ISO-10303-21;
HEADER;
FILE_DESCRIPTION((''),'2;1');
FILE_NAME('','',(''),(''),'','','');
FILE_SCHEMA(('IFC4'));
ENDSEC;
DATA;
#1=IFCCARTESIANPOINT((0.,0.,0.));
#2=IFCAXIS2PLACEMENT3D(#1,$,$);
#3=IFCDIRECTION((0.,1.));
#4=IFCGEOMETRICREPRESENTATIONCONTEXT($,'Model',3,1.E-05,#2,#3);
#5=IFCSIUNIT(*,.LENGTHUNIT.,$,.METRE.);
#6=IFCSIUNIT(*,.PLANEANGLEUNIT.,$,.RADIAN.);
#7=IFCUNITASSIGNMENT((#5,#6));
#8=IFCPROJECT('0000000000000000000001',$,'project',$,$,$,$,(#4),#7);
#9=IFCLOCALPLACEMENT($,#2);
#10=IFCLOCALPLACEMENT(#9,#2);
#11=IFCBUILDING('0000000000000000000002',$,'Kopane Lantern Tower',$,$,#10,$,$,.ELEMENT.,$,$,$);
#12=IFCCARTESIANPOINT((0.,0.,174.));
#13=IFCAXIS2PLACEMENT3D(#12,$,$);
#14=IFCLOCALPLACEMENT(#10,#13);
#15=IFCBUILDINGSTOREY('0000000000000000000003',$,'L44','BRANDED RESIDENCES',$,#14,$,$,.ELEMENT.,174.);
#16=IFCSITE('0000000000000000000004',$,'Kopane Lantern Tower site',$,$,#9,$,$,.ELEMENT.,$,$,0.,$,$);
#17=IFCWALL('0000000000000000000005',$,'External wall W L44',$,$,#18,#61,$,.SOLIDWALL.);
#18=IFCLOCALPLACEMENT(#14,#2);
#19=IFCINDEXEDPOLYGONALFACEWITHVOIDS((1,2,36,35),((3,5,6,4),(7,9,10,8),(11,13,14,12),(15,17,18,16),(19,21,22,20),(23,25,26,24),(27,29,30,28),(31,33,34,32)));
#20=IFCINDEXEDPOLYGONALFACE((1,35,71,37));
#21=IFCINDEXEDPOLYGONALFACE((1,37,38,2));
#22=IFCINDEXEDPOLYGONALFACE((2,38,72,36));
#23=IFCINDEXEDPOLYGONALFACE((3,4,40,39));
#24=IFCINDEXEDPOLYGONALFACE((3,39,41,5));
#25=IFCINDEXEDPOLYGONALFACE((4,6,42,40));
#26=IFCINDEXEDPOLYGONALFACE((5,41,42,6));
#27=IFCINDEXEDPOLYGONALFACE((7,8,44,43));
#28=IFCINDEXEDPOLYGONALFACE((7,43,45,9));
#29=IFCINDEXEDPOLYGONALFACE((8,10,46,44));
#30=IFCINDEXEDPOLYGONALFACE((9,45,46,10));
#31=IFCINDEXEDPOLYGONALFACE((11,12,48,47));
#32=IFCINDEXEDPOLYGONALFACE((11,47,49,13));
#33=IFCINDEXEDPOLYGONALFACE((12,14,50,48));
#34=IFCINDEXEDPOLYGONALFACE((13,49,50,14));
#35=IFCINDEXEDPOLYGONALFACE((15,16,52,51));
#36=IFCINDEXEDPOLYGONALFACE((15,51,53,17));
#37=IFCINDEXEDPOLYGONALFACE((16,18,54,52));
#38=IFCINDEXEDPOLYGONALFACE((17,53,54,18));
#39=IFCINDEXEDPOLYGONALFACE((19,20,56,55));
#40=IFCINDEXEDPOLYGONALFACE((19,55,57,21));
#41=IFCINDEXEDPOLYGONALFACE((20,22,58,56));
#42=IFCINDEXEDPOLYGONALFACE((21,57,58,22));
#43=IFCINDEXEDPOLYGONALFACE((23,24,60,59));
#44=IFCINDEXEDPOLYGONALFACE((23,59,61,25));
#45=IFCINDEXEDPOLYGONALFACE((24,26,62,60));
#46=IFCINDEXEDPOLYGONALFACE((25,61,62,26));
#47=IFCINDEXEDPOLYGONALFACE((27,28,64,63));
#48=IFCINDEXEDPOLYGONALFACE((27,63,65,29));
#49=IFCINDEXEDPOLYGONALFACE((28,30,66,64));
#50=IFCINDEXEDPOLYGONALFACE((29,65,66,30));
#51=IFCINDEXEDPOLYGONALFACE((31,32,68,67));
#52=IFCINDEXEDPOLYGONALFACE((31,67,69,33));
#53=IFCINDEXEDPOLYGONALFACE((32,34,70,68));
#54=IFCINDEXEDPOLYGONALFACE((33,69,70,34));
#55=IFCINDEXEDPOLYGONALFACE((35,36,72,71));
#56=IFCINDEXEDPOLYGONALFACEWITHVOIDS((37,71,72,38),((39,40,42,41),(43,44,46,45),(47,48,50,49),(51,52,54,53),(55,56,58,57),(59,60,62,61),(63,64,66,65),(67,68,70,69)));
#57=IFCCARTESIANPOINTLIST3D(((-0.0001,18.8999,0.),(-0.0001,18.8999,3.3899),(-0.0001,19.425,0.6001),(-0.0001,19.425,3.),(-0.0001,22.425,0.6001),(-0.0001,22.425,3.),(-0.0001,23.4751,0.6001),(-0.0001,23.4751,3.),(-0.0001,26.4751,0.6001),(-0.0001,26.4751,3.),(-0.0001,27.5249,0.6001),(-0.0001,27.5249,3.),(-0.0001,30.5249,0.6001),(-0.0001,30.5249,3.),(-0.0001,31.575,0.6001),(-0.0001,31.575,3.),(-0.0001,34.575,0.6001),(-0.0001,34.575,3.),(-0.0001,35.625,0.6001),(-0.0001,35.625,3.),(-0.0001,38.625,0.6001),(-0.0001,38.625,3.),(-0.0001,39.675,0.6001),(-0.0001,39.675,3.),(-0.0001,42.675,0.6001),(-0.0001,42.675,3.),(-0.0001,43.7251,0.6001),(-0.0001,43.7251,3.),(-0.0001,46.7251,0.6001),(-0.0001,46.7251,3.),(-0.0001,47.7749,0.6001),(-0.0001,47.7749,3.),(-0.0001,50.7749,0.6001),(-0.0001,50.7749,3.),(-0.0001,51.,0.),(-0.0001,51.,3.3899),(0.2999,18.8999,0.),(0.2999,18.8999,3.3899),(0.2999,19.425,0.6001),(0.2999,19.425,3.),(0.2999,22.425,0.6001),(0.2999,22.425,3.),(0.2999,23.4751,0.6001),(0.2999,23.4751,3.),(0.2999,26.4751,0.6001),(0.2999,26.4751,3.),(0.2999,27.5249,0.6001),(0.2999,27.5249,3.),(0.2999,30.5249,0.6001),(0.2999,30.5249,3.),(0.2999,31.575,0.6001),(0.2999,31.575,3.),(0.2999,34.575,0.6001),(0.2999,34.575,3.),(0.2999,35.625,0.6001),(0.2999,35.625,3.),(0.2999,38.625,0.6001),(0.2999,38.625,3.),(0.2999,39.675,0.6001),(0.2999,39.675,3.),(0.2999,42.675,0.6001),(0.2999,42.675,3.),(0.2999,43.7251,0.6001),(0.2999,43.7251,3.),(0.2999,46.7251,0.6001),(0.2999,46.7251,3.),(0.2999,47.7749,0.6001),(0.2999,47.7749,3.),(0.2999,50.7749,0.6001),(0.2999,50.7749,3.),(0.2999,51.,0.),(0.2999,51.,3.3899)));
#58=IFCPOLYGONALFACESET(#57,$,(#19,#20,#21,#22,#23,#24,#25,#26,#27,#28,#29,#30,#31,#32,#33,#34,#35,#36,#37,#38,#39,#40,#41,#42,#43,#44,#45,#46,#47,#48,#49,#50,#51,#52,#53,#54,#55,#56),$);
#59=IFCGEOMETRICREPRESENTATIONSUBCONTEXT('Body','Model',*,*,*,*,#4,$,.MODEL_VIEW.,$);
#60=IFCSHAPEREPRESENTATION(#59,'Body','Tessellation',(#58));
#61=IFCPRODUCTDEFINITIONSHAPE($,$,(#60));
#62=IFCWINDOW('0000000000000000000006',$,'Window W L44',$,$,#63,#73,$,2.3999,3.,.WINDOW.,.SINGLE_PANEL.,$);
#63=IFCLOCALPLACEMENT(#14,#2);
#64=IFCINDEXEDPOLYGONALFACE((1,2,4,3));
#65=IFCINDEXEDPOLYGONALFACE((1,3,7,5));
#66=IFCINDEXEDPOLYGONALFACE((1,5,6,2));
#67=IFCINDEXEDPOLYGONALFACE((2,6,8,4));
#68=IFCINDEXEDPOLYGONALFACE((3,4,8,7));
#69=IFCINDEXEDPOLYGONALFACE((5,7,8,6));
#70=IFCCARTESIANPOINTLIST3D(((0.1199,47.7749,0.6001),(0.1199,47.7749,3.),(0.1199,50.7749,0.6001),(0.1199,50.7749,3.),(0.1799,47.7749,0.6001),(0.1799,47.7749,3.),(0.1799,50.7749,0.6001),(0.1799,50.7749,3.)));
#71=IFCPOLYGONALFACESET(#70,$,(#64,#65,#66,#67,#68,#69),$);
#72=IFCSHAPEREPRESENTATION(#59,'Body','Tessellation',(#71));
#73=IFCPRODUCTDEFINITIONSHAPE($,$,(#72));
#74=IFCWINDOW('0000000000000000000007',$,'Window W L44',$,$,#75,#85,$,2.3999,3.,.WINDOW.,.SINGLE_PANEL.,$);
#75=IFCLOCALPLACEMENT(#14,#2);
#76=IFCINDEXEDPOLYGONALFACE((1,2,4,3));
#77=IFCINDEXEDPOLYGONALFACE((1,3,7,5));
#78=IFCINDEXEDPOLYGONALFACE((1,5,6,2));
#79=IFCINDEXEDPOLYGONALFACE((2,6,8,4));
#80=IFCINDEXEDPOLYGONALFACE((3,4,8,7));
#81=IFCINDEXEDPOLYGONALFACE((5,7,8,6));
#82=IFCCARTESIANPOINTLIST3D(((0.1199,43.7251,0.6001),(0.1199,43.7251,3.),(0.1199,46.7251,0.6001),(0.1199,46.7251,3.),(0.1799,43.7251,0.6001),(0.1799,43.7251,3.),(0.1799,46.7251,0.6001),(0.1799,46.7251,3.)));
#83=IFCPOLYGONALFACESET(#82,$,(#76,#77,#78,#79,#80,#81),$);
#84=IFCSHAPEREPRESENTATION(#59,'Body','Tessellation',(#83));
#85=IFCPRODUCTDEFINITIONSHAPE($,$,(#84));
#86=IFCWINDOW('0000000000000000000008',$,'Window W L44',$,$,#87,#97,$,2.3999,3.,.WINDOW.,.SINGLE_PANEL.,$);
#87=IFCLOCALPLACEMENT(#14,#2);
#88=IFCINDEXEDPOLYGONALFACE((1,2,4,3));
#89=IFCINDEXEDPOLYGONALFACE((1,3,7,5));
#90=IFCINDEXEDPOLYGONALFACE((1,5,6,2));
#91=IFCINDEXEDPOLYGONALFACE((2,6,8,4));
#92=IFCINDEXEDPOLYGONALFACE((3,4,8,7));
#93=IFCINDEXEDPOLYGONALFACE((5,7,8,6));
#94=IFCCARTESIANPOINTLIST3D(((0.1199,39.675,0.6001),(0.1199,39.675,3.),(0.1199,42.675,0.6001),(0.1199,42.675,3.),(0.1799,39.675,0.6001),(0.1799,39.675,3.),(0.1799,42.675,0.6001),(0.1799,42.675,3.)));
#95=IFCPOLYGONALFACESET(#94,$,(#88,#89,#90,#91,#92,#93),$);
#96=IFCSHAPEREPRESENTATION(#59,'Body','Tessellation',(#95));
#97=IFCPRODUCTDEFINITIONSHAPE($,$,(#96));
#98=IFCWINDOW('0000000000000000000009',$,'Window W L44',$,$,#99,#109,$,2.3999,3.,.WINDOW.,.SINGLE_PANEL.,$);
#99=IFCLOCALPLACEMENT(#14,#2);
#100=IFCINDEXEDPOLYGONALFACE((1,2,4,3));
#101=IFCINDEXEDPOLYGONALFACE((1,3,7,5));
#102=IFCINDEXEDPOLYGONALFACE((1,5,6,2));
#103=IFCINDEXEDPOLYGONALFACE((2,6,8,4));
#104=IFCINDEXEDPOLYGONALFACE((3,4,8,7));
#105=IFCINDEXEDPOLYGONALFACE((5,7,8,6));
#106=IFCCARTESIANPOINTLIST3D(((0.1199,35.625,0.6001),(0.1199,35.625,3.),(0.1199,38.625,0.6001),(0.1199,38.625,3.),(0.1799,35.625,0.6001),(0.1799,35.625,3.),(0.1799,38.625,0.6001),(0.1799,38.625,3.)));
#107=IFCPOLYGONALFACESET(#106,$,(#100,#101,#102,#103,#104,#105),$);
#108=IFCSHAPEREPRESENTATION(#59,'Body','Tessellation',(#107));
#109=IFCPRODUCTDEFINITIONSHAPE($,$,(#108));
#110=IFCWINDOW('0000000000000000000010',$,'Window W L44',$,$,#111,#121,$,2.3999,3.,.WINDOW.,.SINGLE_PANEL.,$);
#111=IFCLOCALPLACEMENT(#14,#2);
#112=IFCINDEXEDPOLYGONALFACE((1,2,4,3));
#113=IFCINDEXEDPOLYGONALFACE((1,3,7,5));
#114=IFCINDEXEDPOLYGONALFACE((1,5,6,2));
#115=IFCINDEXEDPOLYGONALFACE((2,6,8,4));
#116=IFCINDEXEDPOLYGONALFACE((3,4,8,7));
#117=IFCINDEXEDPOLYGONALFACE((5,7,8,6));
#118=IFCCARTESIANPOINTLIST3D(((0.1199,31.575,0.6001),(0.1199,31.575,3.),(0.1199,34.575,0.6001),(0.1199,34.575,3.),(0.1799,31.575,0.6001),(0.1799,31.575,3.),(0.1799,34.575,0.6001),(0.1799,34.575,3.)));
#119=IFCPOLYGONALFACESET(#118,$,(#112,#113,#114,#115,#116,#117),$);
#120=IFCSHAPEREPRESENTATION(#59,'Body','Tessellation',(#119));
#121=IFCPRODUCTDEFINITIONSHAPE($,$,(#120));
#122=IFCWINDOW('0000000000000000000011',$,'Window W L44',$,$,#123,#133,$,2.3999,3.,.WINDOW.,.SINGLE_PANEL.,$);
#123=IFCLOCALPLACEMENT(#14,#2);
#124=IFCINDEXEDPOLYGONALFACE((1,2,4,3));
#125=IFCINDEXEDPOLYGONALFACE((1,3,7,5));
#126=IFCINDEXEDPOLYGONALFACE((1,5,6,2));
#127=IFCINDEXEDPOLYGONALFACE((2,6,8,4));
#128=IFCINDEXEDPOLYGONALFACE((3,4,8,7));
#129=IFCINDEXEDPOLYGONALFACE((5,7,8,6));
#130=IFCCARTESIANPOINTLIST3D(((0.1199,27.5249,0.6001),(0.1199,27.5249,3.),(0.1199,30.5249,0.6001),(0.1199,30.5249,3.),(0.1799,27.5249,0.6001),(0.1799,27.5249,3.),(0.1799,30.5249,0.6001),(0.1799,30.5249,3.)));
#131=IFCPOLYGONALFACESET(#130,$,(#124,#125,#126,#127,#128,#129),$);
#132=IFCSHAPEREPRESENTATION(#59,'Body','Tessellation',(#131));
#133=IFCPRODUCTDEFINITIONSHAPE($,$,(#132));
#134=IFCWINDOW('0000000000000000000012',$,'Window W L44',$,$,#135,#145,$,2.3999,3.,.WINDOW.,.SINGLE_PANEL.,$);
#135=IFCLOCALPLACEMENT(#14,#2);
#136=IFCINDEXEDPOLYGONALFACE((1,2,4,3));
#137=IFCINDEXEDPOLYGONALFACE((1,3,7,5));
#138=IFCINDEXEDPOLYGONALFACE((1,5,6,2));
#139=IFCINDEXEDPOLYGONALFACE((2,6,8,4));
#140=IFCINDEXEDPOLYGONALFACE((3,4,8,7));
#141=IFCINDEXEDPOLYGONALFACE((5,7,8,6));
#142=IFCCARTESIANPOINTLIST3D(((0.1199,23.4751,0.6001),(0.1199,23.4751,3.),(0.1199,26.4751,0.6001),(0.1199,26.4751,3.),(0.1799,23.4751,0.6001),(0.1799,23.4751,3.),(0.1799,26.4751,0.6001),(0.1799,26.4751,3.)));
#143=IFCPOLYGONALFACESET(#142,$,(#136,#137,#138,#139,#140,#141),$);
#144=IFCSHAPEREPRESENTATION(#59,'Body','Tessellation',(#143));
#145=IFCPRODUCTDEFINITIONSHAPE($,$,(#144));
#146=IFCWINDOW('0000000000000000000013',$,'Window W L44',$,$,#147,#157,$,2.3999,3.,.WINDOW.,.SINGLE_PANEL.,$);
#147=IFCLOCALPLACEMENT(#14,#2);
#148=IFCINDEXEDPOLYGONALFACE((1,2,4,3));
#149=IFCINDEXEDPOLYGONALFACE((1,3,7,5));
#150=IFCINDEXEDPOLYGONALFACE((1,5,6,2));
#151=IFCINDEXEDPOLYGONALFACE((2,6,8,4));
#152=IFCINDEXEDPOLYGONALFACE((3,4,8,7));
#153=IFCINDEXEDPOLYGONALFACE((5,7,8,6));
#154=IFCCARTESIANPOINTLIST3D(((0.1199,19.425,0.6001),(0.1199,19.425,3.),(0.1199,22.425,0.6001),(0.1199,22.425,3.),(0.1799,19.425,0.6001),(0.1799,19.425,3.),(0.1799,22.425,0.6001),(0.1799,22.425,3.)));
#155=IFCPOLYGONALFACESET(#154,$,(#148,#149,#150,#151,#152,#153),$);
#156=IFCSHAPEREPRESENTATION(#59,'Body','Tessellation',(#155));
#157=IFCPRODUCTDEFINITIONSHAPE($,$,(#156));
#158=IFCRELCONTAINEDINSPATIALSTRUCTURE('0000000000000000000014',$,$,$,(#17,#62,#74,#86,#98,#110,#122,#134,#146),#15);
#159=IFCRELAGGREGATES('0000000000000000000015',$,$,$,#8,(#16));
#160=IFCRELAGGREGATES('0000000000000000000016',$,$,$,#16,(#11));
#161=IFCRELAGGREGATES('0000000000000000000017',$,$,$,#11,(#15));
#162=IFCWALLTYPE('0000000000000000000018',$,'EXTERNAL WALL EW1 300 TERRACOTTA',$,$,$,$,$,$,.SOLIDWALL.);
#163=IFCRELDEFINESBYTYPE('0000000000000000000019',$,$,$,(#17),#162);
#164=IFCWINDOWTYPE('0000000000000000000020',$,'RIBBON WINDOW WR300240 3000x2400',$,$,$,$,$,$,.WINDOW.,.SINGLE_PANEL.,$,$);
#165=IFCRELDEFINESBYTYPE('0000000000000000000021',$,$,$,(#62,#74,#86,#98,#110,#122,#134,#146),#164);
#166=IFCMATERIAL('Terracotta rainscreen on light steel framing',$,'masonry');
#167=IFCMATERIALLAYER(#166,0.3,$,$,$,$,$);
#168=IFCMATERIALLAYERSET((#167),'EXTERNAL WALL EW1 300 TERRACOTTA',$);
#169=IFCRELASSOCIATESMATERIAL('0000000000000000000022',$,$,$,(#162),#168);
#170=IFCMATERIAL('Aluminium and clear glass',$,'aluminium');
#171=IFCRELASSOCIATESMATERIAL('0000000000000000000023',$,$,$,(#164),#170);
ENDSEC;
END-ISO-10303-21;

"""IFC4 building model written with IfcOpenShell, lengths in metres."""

from ifc_helpers import new_model, si_unit, direction, frame, frame_2d, origin, place, context, subcontext, project, spatial, rectangle, extrude, material, layer, layer_set, type_object, element, fill, save


model = new_model("IFC4")

# Units and contexts
model_context = context("Model", 3, precision=1e-05, world=origin(), true_north=direction((0.0, 1.0)))
body_context = subcontext(model_context, "Body", "Model", "MODEL_VIEW")
ifc_project = project(units=[si_unit("LENGTHUNIT", "METRE"), si_unit("PLANEANGLEUNIT", "RADIAN")], contexts=[model_context])

# Site, building, storey
site_placement = place(None, origin())
site = spatial("IfcSite", under=ifc_project, at=site_placement, Name="Kopane Lantern Tower site", CompositionType="ELEMENT", RefElevation=0.0)
building_placement = place(site_placement, origin())
building = spatial("IfcBuilding", under=site, at=building_placement, Name="Kopane Lantern Tower", CompositionType="ELEMENT")
storey_placement = place(building_placement, frame((0.0, 0.0, 174.0)))
storey = spatial("IfcBuildingStorey", under=building, at=storey_placement, Name="L44", Description="BRANDED RESIDENCES", CompositionType="ELEMENT", Elevation=174.0)

# Shared definitions
ifc_material_1 = material(Name="Terracotta rainscreen on light steel framing", Category="masonry")
ifc_layer = layer(ifc_material_1, 0.3)
ifc_layer_set = layer_set([ifc_layer], Name="EXTERNAL WALL EW1 300 TERRACOTTA")
wall_type = type_object("IfcWallType", Name="EXTERNAL WALL EW1 300 TERRACOTTA", PredefinedType="SOLIDWALL", material=ifc_layer_set)

# Wall, openings, windows
wall_1_placement = place(storey_placement, frame((0.1499, 51.0, 0.0), z_axis=(0.0, 0.0, 1.0), x_axis=(0.0, -1.0, 0.0)))
wall_1 = element("IfcWall", 1, at=wall_1_placement, inside=storey, type_object=wall_type, Name="External wall W L44", PredefinedType="SOLIDWALL", context=body_context, shape_type="SweptSolid", body=[
    extrude(rectangle(XDim=32.1001, YDim=0.3, at=frame_2d((16.05, 0.0))), origin(), (0.0, 0.0, 1.0), 3.3899),
])
opening_1_placement = place(wall_1_placement, frame((0.2251, 0.0, 0.6001)))
opening_1 = element("IfcOpeningElement", 2, at=opening_1_placement, cuts=wall_1, PredefinedType="OPENING", context=body_context, shape_type="SweptSolid", body=[
    extrude(rectangle(XDim=3.0, YDim=2.3999, at=frame_2d((1.5, 1.2))), frame((0.0, 0.1599, 0.0), z_axis=(0.0, -1.0, 0.0), x_axis=(1.0, 0.0, 0.0)), (0.0, 0.0, 1.0), 0.3201),
])
opening_2_placement = place(wall_1_placement, frame((4.2749, 0.0, 0.6001)))
opening_2 = element("IfcOpeningElement", 3, at=opening_2_placement, cuts=wall_1, PredefinedType="OPENING", context=body_context, shape_type="SweptSolid", body=[
    extrude(rectangle(XDim=3.0, YDim=2.3999, at=frame_2d((1.5, 1.2))), frame((0.0, 0.1599, 0.0), z_axis=(0.0, -1.0, 0.0), x_axis=(1.0, 0.0, 0.0)), (0.0, 0.0, 1.0), 0.3201),
])
opening_3_placement = place(wall_1_placement, frame((8.325, 0.0, 0.6001)))
opening_3 = element("IfcOpeningElement", 4, at=opening_3_placement, cuts=wall_1, PredefinedType="OPENING", context=body_context, shape_type="SweptSolid", body=[
    extrude(rectangle(XDim=3.0, YDim=2.3999, at=frame_2d((1.5, 1.2))), frame((0.0, 0.1599, 0.0), z_axis=(0.0, -1.0, 0.0), x_axis=(1.0, 0.0, 0.0)), (0.0, 0.0, 1.0), 0.3201),
])
opening_4_placement = place(wall_1_placement, frame((12.375, 0.0, 0.6001)))
opening_4 = element("IfcOpeningElement", 5, at=opening_4_placement, cuts=wall_1, PredefinedType="OPENING", context=body_context, shape_type="SweptSolid", body=[
    extrude(rectangle(XDim=3.0, YDim=2.3999, at=frame_2d((1.5, 1.2))), frame((0.0, 0.1599, 0.0), z_axis=(0.0, -1.0, 0.0), x_axis=(1.0, 0.0, 0.0)), (0.0, 0.0, 1.0), 0.3201),
])
opening_5_placement = place(wall_1_placement, frame((16.425, 0.0, 0.6001)))
opening_5 = element("IfcOpeningElement", 6, at=opening_5_placement, cuts=wall_1, PredefinedType="OPENING", context=body_context, shape_type="SweptSolid", body=[
    extrude(rectangle(XDim=3.0, YDim=2.3999, at=frame_2d((1.5, 1.2))), frame((0.0, 0.1599, 0.0), z_axis=(0.0, -1.0, 0.0), x_axis=(1.0, 0.0, 0.0)), (0.0, 0.0, 1.0), 0.3201),
])
opening_6_placement = place(wall_1_placement, frame((20.4751, 0.0, 0.6001)))
opening_6 = element("IfcOpeningElement", 7, at=opening_6_placement, cuts=wall_1, PredefinedType="OPENING", context=body_context, shape_type="SweptSolid", body=[
    extrude(rectangle(XDim=3.0, YDim=2.3999, at=frame_2d((1.5, 1.2))), frame((0.0, 0.1599, 0.0), z_axis=(0.0, -1.0, 0.0), x_axis=(1.0, 0.0, 0.0)), (0.0, 0.0, 1.0), 0.3201),
])
opening_7_placement = place(wall_1_placement, frame((24.5249, 0.0, 0.6001)))
opening_7 = element("IfcOpeningElement", 8, at=opening_7_placement, cuts=wall_1, PredefinedType="OPENING", context=body_context, shape_type="SweptSolid", body=[
    extrude(rectangle(XDim=3.0, YDim=2.3999, at=frame_2d((1.5, 1.2))), frame((0.0, 0.1599, 0.0), z_axis=(0.0, -1.0, 0.0), x_axis=(1.0, 0.0, 0.0)), (0.0, 0.0, 1.0), 0.3201),
])
opening_8_placement = place(wall_1_placement, frame((28.575, 0.0, 0.6001)))
opening_8 = element("IfcOpeningElement", 9, at=opening_8_placement, cuts=wall_1, PredefinedType="OPENING", context=body_context, shape_type="SweptSolid", body=[
    extrude(rectangle(XDim=3.0, YDim=2.3999, at=frame_2d((1.5, 1.2))), frame((0.0, 0.1599, 0.0), z_axis=(0.0, -1.0, 0.0), x_axis=(1.0, 0.0, 0.0)), (0.0, 0.0, 1.0), 0.3201),
])
ifc_material_2 = material(Name="Aluminium and clear glass", Category="aluminium")
window_type_1 = type_object("IfcWindowType", Name="RIBBON WINDOW WR300240 3000x2400", PartitioningType="SINGLE_PANEL", PredefinedType="WINDOW", material=ifc_material_2)
window_1_placement = place(opening_1_placement, origin())
window_1 = element("IfcWindow", 10, at=window_1_placement, inside=storey, type_object=window_type_1, Name="Window W L44", OverallHeight=2.3999, OverallWidth=3.0, PartitioningType="SINGLE_PANEL", PredefinedType="WINDOW", context=body_context, shape_type="SweptSolid", body=[
    extrude(rectangle(XDim=3.0, YDim=2.3999, at=frame_2d((1.5, 1.2))), frame((0.0, 0.03, 0.0), z_axis=(0.0, -1.0, 0.0), x_axis=(1.0, 0.0, 0.0)), (0.0, 0.0, 1.0), 0.0601),
])
fill(opening_1, window_1)
window_2_placement = place(opening_2_placement, origin())
window_2 = element("IfcWindow", 11, at=window_2_placement, inside=storey, type_object=window_type_1, Name="Window W L44", OverallHeight=2.3999, OverallWidth=3.0, PartitioningType="SINGLE_PANEL", PredefinedType="WINDOW", context=body_context, shape_type="SweptSolid", body=[
    extrude(rectangle(XDim=3.0, YDim=2.3999, at=frame_2d((1.5, 1.2))), frame((0.0, 0.03, 0.0), z_axis=(0.0, -1.0, 0.0), x_axis=(1.0, 0.0, 0.0)), (0.0, 0.0, 1.0), 0.0601),
])
fill(opening_2, window_2)
window_3_placement = place(opening_3_placement, origin())
window_3 = element("IfcWindow", 12, at=window_3_placement, inside=storey, type_object=window_type_1, Name="Window W L44", OverallHeight=2.3999, OverallWidth=3.0, PartitioningType="SINGLE_PANEL", PredefinedType="WINDOW", context=body_context, shape_type="SweptSolid", body=[
    extrude(rectangle(XDim=3.0, YDim=2.3999, at=frame_2d((1.5, 1.2))), frame((0.0, 0.03, 0.0), z_axis=(0.0, -1.0, 0.0), x_axis=(1.0, 0.0, 0.0)), (0.0, 0.0, 1.0), 0.0601),
])
fill(opening_3, window_3)
window_4_placement = place(opening_4_placement, origin())
window_4 = element("IfcWindow", 13, at=window_4_placement, inside=storey, type_object=window_type_1, Name="Window W L44", OverallHeight=2.3999, OverallWidth=3.0, PartitioningType="SINGLE_PANEL", PredefinedType="WINDOW", context=body_context, shape_type="SweptSolid", body=[
    extrude(rectangle(XDim=3.0, YDim=2.3999, at=frame_2d((1.5, 1.2))), frame((0.0, 0.03, 0.0), z_axis=(0.0, -1.0, 0.0), x_axis=(1.0, 0.0, 0.0)), (0.0, 0.0, 1.0), 0.0601),
])
fill(opening_4, window_4)
window_5_placement = place(opening_5_placement, origin())
window_5 = element("IfcWindow", 14, at=window_5_placement, inside=storey, type_object=window_type_1, Name="Window W L44", OverallHeight=2.3999, OverallWidth=3.0, PartitioningType="SINGLE_PANEL", PredefinedType="WINDOW", context=body_context, shape_type="SweptSolid", body=[
    extrude(rectangle(XDim=3.0, YDim=2.3999, at=frame_2d((1.5, 1.2))), frame((0.0, 0.03, 0.0), z_axis=(0.0, -1.0, 0.0), x_axis=(1.0, 0.0, 0.0)), (0.0, 0.0, 1.0), 0.0601),
])
fill(opening_5, window_5)
window_6_placement = place(opening_6_placement, origin())
window_6 = element("IfcWindow", 15, at=window_6_placement, inside=storey, type_object=window_type_1, Name="Window W L44", OverallHeight=2.3999, OverallWidth=3.0, PartitioningType="SINGLE_PANEL", PredefinedType="WINDOW", context=body_context, shape_type="SweptSolid", body=[
    extrude(rectangle(XDim=3.0, YDim=2.3999, at=frame_2d((1.5, 1.2))), frame((0.0, 0.03, 0.0), z_axis=(0.0, -1.0, 0.0), x_axis=(1.0, 0.0, 0.0)), (0.0, 0.0, 1.0), 0.0601),
])
fill(opening_6, window_6)
window_7_placement = place(opening_7_placement, origin())
window_7 = element("IfcWindow", 16, at=window_7_placement, inside=storey, type_object=window_type_1, Name="Window W L44", OverallHeight=2.3999, OverallWidth=3.0, PartitioningType="SINGLE_PANEL", PredefinedType="WINDOW", context=body_context, shape_type="SweptSolid", body=[
    extrude(rectangle(XDim=3.0, YDim=2.3999, at=frame_2d((1.5, 1.2))), frame((0.0, 0.03, 0.0), z_axis=(0.0, -1.0, 0.0), x_axis=(1.0, 0.0, 0.0)), (0.0, 0.0, 1.0), 0.0601),
])
fill(opening_7, window_7)
window_8_placement = place(opening_8_placement, origin())
window_8 = element("IfcWindow", 17, at=window_8_placement, inside=storey, type_object=window_type_1, Name="Window W L44", OverallHeight=2.3999, OverallWidth=3.0, PartitioningType="SINGLE_PANEL", PredefinedType="WINDOW", context=body_context, shape_type="SweptSolid", body=[
    extrude(rectangle(XDim=3.0, YDim=2.3999, at=frame_2d((1.5, 1.2))), frame((0.0, 0.03, 0.0), z_axis=(0.0, -1.0, 0.0), x_axis=(1.0, 0.0, 0.0)), (0.0, 0.0, 1.0), 0.0601),
])
fill(opening_8, window_8)

save(model, "model.ifc")
